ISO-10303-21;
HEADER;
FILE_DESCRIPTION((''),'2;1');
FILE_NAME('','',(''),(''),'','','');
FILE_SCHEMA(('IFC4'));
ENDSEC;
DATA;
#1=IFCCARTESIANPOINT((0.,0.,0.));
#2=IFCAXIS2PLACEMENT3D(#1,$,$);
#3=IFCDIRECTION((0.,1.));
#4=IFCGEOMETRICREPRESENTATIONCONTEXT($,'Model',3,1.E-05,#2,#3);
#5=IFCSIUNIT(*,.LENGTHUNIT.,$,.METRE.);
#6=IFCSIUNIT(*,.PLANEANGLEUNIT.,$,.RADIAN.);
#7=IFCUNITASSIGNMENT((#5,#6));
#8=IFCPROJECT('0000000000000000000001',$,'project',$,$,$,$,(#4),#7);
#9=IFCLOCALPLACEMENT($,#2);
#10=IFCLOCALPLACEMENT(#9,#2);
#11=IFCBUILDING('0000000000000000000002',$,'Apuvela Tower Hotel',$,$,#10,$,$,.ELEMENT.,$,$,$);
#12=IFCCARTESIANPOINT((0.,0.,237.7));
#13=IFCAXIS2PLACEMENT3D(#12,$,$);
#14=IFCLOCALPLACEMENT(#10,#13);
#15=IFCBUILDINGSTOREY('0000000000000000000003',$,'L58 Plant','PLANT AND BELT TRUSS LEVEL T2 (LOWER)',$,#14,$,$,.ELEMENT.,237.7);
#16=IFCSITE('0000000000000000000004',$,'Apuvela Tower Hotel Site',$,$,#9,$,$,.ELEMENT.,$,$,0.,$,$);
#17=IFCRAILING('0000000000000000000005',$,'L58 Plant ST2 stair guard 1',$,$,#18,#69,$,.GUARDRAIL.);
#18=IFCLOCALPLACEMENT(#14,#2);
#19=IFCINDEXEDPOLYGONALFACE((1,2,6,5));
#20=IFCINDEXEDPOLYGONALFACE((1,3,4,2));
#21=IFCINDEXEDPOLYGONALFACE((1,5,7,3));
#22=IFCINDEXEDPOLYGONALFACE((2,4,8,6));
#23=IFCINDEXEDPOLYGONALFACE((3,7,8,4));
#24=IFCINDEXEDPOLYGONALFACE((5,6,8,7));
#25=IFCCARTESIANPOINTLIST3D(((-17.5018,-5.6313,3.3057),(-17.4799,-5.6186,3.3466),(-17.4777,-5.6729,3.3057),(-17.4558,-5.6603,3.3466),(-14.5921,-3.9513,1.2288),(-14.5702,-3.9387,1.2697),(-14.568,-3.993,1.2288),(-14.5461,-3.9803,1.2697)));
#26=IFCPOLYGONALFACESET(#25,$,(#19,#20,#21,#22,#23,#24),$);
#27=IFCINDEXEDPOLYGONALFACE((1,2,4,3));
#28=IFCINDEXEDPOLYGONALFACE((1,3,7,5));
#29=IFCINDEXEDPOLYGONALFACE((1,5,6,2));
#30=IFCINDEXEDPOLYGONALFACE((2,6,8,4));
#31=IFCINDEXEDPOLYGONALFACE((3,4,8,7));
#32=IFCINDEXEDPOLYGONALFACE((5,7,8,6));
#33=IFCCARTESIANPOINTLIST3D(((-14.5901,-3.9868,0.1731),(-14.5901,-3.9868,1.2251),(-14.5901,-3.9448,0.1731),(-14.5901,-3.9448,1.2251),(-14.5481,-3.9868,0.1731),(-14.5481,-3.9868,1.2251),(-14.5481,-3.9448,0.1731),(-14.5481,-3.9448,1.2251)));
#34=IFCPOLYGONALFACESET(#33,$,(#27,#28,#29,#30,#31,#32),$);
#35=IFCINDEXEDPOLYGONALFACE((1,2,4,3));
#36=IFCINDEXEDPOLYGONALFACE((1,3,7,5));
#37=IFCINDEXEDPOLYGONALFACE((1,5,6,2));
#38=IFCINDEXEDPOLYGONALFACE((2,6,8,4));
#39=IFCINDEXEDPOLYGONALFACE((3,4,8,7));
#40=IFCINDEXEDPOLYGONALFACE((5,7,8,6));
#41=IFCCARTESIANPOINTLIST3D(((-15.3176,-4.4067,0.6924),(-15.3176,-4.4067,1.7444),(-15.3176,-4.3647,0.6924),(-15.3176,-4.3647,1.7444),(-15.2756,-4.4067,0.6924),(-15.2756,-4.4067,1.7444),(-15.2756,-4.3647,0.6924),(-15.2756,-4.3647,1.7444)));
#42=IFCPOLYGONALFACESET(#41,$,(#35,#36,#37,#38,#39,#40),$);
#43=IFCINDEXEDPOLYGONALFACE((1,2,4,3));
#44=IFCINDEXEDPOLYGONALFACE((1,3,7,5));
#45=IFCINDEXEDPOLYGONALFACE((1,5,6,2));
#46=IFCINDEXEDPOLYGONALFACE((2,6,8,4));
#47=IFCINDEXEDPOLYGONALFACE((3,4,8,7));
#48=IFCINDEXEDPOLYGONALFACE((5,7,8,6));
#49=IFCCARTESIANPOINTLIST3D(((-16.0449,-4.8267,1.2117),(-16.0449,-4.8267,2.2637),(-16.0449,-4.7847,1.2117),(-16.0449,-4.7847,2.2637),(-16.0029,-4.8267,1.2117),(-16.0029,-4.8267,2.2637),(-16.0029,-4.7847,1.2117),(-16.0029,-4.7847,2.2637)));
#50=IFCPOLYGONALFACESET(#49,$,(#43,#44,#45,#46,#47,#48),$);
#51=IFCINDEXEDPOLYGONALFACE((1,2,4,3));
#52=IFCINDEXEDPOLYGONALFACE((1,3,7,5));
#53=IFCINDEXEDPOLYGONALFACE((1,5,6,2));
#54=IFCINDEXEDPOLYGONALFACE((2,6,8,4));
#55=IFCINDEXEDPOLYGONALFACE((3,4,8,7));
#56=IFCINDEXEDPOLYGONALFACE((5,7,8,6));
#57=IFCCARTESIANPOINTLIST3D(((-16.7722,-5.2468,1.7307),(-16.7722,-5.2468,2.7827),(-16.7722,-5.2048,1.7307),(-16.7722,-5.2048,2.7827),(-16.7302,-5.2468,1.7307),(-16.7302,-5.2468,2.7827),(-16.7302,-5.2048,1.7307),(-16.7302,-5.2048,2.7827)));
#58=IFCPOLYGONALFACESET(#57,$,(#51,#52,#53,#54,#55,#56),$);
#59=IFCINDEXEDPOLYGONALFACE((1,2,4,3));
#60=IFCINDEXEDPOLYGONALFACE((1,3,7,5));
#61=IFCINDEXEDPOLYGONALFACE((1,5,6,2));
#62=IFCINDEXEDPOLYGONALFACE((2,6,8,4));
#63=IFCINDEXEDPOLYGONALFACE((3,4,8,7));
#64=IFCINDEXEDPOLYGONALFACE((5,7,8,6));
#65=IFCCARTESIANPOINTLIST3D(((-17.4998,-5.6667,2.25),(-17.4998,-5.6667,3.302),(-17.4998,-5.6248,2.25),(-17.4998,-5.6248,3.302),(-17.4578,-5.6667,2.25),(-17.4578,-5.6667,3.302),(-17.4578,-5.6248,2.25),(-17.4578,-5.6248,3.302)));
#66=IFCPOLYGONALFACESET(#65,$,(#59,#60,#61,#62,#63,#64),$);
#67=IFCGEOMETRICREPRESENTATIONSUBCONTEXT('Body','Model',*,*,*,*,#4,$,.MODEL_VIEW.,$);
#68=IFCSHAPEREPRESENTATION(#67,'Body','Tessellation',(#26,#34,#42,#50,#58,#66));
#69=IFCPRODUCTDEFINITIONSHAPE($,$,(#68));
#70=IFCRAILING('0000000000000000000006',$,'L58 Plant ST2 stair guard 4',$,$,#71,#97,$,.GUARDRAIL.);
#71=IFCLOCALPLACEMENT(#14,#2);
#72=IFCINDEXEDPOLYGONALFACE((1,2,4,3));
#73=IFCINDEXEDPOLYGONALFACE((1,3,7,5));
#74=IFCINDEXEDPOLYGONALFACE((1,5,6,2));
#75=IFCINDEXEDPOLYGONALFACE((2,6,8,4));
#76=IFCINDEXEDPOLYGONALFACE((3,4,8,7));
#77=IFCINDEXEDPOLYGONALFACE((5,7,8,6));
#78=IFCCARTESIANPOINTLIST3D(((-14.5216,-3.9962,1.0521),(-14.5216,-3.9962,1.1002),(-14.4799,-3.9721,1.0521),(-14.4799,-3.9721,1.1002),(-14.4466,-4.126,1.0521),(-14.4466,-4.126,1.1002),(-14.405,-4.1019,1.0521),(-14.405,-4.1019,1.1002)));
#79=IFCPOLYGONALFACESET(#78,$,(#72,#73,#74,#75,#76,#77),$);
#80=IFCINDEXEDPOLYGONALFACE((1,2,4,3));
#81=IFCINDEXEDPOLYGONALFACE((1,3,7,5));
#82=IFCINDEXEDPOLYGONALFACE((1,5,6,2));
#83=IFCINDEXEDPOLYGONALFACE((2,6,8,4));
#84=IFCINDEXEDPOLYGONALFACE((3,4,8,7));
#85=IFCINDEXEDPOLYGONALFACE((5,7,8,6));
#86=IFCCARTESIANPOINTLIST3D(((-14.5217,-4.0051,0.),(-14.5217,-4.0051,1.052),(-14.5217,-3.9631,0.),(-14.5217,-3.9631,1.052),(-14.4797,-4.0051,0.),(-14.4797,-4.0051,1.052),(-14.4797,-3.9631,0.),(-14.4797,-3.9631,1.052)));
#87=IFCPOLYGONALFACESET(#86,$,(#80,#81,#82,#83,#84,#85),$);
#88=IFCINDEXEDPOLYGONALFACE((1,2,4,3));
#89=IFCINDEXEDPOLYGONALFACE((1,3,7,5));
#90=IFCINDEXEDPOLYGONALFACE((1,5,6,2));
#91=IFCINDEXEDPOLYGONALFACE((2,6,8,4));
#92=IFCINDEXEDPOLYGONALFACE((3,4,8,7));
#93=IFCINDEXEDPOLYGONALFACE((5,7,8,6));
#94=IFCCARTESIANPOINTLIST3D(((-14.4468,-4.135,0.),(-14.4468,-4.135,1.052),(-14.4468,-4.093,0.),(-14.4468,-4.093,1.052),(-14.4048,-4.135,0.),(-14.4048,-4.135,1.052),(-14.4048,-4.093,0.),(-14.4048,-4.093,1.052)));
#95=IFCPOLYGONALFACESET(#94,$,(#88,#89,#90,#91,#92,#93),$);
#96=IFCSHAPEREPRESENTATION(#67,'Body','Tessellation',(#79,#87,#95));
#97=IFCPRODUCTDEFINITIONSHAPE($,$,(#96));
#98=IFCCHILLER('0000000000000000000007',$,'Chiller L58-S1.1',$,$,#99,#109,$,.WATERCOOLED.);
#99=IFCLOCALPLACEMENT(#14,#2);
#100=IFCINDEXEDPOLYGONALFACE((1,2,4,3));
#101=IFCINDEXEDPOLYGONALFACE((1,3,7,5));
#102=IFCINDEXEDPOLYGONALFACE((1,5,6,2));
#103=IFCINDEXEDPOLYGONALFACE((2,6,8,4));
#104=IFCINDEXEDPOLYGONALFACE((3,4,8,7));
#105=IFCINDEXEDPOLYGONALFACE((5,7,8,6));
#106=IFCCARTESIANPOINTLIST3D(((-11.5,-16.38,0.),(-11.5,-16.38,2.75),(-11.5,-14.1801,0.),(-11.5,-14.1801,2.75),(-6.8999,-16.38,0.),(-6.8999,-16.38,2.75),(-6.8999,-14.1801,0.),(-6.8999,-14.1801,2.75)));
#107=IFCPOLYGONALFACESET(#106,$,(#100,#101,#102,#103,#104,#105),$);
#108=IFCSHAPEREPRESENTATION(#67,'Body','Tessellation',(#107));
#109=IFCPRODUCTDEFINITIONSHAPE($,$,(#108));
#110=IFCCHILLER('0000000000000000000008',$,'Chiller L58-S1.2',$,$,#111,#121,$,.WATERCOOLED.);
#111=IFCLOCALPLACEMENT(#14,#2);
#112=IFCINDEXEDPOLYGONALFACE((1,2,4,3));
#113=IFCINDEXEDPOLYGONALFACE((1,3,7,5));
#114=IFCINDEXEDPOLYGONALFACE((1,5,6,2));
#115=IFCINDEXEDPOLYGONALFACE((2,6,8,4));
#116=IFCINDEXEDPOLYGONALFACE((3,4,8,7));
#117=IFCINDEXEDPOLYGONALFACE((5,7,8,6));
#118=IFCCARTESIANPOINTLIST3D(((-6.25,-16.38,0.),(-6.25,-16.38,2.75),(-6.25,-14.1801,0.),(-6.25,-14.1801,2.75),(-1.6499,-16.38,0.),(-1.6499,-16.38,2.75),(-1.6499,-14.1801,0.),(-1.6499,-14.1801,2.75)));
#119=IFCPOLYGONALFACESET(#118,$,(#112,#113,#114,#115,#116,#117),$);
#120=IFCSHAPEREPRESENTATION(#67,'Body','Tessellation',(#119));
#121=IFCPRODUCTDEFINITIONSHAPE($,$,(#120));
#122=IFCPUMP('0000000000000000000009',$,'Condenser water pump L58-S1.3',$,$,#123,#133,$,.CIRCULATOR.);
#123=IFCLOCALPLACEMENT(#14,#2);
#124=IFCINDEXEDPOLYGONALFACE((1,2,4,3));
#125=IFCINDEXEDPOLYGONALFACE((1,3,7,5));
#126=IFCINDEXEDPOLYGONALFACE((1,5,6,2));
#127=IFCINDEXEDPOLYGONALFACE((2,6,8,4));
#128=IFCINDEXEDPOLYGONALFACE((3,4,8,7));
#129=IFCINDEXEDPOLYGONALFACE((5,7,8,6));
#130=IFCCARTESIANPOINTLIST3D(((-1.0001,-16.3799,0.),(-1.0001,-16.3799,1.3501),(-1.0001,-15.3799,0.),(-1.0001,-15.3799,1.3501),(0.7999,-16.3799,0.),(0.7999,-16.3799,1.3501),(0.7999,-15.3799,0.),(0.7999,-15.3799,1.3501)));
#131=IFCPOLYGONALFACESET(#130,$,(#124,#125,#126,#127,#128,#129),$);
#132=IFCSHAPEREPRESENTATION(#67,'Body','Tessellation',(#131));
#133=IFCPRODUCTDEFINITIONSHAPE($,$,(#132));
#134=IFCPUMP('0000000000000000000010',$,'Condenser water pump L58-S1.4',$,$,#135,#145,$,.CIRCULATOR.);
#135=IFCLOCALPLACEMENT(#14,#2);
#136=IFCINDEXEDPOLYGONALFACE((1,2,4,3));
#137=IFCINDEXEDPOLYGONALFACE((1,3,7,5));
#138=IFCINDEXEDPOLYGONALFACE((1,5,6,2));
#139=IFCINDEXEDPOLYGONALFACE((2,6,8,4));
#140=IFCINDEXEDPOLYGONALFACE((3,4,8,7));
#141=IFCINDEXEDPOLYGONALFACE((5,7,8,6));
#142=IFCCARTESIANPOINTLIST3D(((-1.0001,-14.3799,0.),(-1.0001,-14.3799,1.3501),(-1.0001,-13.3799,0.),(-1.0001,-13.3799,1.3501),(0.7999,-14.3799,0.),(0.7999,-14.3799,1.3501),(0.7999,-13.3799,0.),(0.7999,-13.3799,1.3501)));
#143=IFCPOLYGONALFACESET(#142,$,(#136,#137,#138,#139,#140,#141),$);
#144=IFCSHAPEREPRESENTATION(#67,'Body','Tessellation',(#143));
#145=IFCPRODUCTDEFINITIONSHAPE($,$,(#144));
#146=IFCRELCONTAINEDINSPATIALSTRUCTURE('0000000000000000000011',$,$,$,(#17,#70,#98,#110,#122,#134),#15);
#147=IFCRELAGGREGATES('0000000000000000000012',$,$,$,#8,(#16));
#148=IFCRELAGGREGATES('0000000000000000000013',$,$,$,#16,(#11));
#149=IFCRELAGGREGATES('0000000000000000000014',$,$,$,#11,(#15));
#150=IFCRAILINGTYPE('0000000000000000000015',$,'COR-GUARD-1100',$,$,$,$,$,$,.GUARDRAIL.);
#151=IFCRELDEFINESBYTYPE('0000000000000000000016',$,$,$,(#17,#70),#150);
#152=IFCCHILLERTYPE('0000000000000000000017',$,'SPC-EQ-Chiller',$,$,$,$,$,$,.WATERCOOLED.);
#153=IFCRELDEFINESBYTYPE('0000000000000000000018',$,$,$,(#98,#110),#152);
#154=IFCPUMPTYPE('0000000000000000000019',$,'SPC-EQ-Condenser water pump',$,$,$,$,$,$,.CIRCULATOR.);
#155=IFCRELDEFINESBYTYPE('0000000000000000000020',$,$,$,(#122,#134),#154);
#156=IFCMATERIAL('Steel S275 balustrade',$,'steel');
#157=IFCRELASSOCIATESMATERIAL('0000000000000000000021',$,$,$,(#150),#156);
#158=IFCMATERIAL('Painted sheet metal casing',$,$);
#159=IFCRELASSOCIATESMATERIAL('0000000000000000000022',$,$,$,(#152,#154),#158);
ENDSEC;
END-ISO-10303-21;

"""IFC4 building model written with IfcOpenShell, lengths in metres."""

from ifc_helpers import new_model, si_unit, direction, frame, origin, origin_2d, place, context, subcontext, project, spatial, rectangle, extrude, material, type_object, element, save


model = new_model("IFC4")

# Units and contexts
model_context = context("Model", 3, precision=1e-05, world=origin(), true_north=direction((0.0, 1.0)))
body_context = subcontext(model_context, "Body", "Model", "MODEL_VIEW")
ifc_project = project(units=[si_unit("LENGTHUNIT", "METRE"), si_unit("PLANEANGLEUNIT", "RADIAN")], contexts=[model_context])

# Site, building, storey
site_placement = place(None, origin())
site = spatial("IfcSite", under=ifc_project, at=site_placement, Name="Apuvela Tower Hotel Site", CompositionType="ELEMENT", RefElevation=0.0)
building_placement = place(site_placement, origin())
building = spatial("IfcBuilding", under=site, at=building_placement, Name="Apuvela Tower Hotel", CompositionType="ELEMENT")
storey_placement = place(building_placement, frame((0.0, 0.0, 237.7)))
storey = spatial("IfcBuildingStorey", under=building, at=storey_placement, Name="L58 Plant", Description="PLANT AND BELT TRUSS LEVEL T2 (LOWER)", CompositionType="ELEMENT", Elevation=237.7)

# Railings
ifc_material_1 = material(Name="Steel S275 balustrade", Category="steel")
railing_type = type_object("IfcRailingType", Name="COR-GUARD-1100", PredefinedType="GUARDRAIL", material=ifc_material_1)
railing_1_placement = place(storey_placement, frame((-14.5691, -3.9658, 0.1731)))
element("IfcRailing", 1, at=railing_1_placement, inside=storey, type_object=railing_type, Name="L58 Plant ST2 stair guard 1", PredefinedType="GUARDRAIL", context=body_context, shape_type="SweptSolid", body=[
    extrude(rectangle(XDim=0.0481, YDim=0.0481, at=origin_2d()), frame((0.0, 0.0, 1.0762), z_axis=(-0.73664, -0.425308, 0.525809), x_axis=(0.500008, -0.866021, 0.0)), (0.0, 0.0, 1.0), 3.95),
    extrude(rectangle(XDim=0.042, YDim=0.042, at=origin_2d()), origin(), (0.0, 0.0, 1.0), 1.052),
    extrude(rectangle(XDim=0.042, YDim=0.042, at=origin_2d()), frame((-0.7275, -0.4199, 0.5193)), (0.0, 0.0, 1.0), 1.052),
    extrude(rectangle(XDim=0.042, YDim=0.042, at=origin_2d()), frame((-1.4548, -0.8398, 1.0386)), (0.0, 0.0, 1.0), 1.052),
    extrude(rectangle(XDim=0.042, YDim=0.042, at=origin_2d()), frame((-2.1821, -1.26, 1.5576)), (0.0, 0.0, 1.0), 1.052),
    extrude(rectangle(XDim=0.042, YDim=0.042, at=origin_2d()), frame((-2.9097, -1.6799, 2.0769)), (0.0, 0.0, 1.0), 1.052),
])
railing_2_placement = place(storey_placement, frame((-14.5007, -3.9841, 0.0)))
element("IfcRailing", 2, at=railing_2_placement, inside=storey, type_object=railing_type, Name="L58 Plant ST2 stair guard 4", PredefinedType="GUARDRAIL", context=body_context, shape_type="SweptSolid", body=[
    extrude(rectangle(XDim=0.0481, YDim=0.0481, at=origin_2d()), frame((0.0, 0.0, 1.0762), z_axis=(0.499816, -0.866131, 0.0), x_axis=(0.866131, 0.499816, 0.0)), (0.0, 0.0, 1.0), 0.1499),
    extrude(rectangle(XDim=0.042, YDim=0.042, at=origin_2d()), origin(), (0.0, 0.0, 1.0), 1.052),
    extrude(rectangle(XDim=0.042, YDim=0.042, at=origin_2d()), frame((0.075, -0.1299, 0.0)), (0.0, 0.0, 1.0), 1.052),
])

# Chillers
ifc_material_2 = material(Name="Painted sheet metal casing")
chiller_type = type_object("IfcChillerType", Name="SPC-EQ-Chiller", PredefinedType="WATERCOOLED", material=ifc_material_2)
for number, where, z_axis, x_axis, name in (
    (3, (-9.2, -15.28, 0.0), (0.0, 0.0, 1.0), (1.0, 0.0, 0.0), "Chiller L58-S1.1"),
    (4, (-3.95, -15.28, 0.0), (0.0, 0.0, 1.0), (1.0, 0.0, 0.0), "Chiller L58-S1.2"),
):
    element("IfcChiller", number, at=place(storey_placement, frame(where, z_axis=z_axis, x_axis=x_axis)), inside=storey, type_object=chiller_type, Name=name, PredefinedType="WATERCOOLED", context=body_context, shape_type="SweptSolid", body=[
        extrude(rectangle(XDim=4.6001, YDim=2.2, at=origin_2d()), origin(), (0.0, 0.0, 1.0), 2.75),
    ])

# Pumps
pump_type = type_object("IfcPumpType", Name="SPC-EQ-Condenser water pump", PredefinedType="CIRCULATOR", material=ifc_material_2)
for number, where, z_axis, x_axis, name in (
    (5, (-0.1001, -15.8799, 0.0), (0.0, 0.0, 1.0), (1.0, 0.0, 0.0), "Condenser water pump L58-S1.3"),
    (6, (-0.1001, -13.8799, 0.0), (0.0, 0.0, 1.0), (1.0, 0.0, 0.0), "Condenser water pump L58-S1.4"),
):
    element("IfcPump", number, at=place(storey_placement, frame(where, z_axis=z_axis, x_axis=x_axis)), inside=storey, type_object=pump_type, Name=name, PredefinedType="CIRCULATOR", context=body_context, shape_type="SweptSolid", body=[
        extrude(rectangle(XDim=1.8, YDim=1.0, at=origin_2d()), origin(), (0.0, 0.0, 1.0), 1.3501),
    ])

save(model, "model.ifc")
